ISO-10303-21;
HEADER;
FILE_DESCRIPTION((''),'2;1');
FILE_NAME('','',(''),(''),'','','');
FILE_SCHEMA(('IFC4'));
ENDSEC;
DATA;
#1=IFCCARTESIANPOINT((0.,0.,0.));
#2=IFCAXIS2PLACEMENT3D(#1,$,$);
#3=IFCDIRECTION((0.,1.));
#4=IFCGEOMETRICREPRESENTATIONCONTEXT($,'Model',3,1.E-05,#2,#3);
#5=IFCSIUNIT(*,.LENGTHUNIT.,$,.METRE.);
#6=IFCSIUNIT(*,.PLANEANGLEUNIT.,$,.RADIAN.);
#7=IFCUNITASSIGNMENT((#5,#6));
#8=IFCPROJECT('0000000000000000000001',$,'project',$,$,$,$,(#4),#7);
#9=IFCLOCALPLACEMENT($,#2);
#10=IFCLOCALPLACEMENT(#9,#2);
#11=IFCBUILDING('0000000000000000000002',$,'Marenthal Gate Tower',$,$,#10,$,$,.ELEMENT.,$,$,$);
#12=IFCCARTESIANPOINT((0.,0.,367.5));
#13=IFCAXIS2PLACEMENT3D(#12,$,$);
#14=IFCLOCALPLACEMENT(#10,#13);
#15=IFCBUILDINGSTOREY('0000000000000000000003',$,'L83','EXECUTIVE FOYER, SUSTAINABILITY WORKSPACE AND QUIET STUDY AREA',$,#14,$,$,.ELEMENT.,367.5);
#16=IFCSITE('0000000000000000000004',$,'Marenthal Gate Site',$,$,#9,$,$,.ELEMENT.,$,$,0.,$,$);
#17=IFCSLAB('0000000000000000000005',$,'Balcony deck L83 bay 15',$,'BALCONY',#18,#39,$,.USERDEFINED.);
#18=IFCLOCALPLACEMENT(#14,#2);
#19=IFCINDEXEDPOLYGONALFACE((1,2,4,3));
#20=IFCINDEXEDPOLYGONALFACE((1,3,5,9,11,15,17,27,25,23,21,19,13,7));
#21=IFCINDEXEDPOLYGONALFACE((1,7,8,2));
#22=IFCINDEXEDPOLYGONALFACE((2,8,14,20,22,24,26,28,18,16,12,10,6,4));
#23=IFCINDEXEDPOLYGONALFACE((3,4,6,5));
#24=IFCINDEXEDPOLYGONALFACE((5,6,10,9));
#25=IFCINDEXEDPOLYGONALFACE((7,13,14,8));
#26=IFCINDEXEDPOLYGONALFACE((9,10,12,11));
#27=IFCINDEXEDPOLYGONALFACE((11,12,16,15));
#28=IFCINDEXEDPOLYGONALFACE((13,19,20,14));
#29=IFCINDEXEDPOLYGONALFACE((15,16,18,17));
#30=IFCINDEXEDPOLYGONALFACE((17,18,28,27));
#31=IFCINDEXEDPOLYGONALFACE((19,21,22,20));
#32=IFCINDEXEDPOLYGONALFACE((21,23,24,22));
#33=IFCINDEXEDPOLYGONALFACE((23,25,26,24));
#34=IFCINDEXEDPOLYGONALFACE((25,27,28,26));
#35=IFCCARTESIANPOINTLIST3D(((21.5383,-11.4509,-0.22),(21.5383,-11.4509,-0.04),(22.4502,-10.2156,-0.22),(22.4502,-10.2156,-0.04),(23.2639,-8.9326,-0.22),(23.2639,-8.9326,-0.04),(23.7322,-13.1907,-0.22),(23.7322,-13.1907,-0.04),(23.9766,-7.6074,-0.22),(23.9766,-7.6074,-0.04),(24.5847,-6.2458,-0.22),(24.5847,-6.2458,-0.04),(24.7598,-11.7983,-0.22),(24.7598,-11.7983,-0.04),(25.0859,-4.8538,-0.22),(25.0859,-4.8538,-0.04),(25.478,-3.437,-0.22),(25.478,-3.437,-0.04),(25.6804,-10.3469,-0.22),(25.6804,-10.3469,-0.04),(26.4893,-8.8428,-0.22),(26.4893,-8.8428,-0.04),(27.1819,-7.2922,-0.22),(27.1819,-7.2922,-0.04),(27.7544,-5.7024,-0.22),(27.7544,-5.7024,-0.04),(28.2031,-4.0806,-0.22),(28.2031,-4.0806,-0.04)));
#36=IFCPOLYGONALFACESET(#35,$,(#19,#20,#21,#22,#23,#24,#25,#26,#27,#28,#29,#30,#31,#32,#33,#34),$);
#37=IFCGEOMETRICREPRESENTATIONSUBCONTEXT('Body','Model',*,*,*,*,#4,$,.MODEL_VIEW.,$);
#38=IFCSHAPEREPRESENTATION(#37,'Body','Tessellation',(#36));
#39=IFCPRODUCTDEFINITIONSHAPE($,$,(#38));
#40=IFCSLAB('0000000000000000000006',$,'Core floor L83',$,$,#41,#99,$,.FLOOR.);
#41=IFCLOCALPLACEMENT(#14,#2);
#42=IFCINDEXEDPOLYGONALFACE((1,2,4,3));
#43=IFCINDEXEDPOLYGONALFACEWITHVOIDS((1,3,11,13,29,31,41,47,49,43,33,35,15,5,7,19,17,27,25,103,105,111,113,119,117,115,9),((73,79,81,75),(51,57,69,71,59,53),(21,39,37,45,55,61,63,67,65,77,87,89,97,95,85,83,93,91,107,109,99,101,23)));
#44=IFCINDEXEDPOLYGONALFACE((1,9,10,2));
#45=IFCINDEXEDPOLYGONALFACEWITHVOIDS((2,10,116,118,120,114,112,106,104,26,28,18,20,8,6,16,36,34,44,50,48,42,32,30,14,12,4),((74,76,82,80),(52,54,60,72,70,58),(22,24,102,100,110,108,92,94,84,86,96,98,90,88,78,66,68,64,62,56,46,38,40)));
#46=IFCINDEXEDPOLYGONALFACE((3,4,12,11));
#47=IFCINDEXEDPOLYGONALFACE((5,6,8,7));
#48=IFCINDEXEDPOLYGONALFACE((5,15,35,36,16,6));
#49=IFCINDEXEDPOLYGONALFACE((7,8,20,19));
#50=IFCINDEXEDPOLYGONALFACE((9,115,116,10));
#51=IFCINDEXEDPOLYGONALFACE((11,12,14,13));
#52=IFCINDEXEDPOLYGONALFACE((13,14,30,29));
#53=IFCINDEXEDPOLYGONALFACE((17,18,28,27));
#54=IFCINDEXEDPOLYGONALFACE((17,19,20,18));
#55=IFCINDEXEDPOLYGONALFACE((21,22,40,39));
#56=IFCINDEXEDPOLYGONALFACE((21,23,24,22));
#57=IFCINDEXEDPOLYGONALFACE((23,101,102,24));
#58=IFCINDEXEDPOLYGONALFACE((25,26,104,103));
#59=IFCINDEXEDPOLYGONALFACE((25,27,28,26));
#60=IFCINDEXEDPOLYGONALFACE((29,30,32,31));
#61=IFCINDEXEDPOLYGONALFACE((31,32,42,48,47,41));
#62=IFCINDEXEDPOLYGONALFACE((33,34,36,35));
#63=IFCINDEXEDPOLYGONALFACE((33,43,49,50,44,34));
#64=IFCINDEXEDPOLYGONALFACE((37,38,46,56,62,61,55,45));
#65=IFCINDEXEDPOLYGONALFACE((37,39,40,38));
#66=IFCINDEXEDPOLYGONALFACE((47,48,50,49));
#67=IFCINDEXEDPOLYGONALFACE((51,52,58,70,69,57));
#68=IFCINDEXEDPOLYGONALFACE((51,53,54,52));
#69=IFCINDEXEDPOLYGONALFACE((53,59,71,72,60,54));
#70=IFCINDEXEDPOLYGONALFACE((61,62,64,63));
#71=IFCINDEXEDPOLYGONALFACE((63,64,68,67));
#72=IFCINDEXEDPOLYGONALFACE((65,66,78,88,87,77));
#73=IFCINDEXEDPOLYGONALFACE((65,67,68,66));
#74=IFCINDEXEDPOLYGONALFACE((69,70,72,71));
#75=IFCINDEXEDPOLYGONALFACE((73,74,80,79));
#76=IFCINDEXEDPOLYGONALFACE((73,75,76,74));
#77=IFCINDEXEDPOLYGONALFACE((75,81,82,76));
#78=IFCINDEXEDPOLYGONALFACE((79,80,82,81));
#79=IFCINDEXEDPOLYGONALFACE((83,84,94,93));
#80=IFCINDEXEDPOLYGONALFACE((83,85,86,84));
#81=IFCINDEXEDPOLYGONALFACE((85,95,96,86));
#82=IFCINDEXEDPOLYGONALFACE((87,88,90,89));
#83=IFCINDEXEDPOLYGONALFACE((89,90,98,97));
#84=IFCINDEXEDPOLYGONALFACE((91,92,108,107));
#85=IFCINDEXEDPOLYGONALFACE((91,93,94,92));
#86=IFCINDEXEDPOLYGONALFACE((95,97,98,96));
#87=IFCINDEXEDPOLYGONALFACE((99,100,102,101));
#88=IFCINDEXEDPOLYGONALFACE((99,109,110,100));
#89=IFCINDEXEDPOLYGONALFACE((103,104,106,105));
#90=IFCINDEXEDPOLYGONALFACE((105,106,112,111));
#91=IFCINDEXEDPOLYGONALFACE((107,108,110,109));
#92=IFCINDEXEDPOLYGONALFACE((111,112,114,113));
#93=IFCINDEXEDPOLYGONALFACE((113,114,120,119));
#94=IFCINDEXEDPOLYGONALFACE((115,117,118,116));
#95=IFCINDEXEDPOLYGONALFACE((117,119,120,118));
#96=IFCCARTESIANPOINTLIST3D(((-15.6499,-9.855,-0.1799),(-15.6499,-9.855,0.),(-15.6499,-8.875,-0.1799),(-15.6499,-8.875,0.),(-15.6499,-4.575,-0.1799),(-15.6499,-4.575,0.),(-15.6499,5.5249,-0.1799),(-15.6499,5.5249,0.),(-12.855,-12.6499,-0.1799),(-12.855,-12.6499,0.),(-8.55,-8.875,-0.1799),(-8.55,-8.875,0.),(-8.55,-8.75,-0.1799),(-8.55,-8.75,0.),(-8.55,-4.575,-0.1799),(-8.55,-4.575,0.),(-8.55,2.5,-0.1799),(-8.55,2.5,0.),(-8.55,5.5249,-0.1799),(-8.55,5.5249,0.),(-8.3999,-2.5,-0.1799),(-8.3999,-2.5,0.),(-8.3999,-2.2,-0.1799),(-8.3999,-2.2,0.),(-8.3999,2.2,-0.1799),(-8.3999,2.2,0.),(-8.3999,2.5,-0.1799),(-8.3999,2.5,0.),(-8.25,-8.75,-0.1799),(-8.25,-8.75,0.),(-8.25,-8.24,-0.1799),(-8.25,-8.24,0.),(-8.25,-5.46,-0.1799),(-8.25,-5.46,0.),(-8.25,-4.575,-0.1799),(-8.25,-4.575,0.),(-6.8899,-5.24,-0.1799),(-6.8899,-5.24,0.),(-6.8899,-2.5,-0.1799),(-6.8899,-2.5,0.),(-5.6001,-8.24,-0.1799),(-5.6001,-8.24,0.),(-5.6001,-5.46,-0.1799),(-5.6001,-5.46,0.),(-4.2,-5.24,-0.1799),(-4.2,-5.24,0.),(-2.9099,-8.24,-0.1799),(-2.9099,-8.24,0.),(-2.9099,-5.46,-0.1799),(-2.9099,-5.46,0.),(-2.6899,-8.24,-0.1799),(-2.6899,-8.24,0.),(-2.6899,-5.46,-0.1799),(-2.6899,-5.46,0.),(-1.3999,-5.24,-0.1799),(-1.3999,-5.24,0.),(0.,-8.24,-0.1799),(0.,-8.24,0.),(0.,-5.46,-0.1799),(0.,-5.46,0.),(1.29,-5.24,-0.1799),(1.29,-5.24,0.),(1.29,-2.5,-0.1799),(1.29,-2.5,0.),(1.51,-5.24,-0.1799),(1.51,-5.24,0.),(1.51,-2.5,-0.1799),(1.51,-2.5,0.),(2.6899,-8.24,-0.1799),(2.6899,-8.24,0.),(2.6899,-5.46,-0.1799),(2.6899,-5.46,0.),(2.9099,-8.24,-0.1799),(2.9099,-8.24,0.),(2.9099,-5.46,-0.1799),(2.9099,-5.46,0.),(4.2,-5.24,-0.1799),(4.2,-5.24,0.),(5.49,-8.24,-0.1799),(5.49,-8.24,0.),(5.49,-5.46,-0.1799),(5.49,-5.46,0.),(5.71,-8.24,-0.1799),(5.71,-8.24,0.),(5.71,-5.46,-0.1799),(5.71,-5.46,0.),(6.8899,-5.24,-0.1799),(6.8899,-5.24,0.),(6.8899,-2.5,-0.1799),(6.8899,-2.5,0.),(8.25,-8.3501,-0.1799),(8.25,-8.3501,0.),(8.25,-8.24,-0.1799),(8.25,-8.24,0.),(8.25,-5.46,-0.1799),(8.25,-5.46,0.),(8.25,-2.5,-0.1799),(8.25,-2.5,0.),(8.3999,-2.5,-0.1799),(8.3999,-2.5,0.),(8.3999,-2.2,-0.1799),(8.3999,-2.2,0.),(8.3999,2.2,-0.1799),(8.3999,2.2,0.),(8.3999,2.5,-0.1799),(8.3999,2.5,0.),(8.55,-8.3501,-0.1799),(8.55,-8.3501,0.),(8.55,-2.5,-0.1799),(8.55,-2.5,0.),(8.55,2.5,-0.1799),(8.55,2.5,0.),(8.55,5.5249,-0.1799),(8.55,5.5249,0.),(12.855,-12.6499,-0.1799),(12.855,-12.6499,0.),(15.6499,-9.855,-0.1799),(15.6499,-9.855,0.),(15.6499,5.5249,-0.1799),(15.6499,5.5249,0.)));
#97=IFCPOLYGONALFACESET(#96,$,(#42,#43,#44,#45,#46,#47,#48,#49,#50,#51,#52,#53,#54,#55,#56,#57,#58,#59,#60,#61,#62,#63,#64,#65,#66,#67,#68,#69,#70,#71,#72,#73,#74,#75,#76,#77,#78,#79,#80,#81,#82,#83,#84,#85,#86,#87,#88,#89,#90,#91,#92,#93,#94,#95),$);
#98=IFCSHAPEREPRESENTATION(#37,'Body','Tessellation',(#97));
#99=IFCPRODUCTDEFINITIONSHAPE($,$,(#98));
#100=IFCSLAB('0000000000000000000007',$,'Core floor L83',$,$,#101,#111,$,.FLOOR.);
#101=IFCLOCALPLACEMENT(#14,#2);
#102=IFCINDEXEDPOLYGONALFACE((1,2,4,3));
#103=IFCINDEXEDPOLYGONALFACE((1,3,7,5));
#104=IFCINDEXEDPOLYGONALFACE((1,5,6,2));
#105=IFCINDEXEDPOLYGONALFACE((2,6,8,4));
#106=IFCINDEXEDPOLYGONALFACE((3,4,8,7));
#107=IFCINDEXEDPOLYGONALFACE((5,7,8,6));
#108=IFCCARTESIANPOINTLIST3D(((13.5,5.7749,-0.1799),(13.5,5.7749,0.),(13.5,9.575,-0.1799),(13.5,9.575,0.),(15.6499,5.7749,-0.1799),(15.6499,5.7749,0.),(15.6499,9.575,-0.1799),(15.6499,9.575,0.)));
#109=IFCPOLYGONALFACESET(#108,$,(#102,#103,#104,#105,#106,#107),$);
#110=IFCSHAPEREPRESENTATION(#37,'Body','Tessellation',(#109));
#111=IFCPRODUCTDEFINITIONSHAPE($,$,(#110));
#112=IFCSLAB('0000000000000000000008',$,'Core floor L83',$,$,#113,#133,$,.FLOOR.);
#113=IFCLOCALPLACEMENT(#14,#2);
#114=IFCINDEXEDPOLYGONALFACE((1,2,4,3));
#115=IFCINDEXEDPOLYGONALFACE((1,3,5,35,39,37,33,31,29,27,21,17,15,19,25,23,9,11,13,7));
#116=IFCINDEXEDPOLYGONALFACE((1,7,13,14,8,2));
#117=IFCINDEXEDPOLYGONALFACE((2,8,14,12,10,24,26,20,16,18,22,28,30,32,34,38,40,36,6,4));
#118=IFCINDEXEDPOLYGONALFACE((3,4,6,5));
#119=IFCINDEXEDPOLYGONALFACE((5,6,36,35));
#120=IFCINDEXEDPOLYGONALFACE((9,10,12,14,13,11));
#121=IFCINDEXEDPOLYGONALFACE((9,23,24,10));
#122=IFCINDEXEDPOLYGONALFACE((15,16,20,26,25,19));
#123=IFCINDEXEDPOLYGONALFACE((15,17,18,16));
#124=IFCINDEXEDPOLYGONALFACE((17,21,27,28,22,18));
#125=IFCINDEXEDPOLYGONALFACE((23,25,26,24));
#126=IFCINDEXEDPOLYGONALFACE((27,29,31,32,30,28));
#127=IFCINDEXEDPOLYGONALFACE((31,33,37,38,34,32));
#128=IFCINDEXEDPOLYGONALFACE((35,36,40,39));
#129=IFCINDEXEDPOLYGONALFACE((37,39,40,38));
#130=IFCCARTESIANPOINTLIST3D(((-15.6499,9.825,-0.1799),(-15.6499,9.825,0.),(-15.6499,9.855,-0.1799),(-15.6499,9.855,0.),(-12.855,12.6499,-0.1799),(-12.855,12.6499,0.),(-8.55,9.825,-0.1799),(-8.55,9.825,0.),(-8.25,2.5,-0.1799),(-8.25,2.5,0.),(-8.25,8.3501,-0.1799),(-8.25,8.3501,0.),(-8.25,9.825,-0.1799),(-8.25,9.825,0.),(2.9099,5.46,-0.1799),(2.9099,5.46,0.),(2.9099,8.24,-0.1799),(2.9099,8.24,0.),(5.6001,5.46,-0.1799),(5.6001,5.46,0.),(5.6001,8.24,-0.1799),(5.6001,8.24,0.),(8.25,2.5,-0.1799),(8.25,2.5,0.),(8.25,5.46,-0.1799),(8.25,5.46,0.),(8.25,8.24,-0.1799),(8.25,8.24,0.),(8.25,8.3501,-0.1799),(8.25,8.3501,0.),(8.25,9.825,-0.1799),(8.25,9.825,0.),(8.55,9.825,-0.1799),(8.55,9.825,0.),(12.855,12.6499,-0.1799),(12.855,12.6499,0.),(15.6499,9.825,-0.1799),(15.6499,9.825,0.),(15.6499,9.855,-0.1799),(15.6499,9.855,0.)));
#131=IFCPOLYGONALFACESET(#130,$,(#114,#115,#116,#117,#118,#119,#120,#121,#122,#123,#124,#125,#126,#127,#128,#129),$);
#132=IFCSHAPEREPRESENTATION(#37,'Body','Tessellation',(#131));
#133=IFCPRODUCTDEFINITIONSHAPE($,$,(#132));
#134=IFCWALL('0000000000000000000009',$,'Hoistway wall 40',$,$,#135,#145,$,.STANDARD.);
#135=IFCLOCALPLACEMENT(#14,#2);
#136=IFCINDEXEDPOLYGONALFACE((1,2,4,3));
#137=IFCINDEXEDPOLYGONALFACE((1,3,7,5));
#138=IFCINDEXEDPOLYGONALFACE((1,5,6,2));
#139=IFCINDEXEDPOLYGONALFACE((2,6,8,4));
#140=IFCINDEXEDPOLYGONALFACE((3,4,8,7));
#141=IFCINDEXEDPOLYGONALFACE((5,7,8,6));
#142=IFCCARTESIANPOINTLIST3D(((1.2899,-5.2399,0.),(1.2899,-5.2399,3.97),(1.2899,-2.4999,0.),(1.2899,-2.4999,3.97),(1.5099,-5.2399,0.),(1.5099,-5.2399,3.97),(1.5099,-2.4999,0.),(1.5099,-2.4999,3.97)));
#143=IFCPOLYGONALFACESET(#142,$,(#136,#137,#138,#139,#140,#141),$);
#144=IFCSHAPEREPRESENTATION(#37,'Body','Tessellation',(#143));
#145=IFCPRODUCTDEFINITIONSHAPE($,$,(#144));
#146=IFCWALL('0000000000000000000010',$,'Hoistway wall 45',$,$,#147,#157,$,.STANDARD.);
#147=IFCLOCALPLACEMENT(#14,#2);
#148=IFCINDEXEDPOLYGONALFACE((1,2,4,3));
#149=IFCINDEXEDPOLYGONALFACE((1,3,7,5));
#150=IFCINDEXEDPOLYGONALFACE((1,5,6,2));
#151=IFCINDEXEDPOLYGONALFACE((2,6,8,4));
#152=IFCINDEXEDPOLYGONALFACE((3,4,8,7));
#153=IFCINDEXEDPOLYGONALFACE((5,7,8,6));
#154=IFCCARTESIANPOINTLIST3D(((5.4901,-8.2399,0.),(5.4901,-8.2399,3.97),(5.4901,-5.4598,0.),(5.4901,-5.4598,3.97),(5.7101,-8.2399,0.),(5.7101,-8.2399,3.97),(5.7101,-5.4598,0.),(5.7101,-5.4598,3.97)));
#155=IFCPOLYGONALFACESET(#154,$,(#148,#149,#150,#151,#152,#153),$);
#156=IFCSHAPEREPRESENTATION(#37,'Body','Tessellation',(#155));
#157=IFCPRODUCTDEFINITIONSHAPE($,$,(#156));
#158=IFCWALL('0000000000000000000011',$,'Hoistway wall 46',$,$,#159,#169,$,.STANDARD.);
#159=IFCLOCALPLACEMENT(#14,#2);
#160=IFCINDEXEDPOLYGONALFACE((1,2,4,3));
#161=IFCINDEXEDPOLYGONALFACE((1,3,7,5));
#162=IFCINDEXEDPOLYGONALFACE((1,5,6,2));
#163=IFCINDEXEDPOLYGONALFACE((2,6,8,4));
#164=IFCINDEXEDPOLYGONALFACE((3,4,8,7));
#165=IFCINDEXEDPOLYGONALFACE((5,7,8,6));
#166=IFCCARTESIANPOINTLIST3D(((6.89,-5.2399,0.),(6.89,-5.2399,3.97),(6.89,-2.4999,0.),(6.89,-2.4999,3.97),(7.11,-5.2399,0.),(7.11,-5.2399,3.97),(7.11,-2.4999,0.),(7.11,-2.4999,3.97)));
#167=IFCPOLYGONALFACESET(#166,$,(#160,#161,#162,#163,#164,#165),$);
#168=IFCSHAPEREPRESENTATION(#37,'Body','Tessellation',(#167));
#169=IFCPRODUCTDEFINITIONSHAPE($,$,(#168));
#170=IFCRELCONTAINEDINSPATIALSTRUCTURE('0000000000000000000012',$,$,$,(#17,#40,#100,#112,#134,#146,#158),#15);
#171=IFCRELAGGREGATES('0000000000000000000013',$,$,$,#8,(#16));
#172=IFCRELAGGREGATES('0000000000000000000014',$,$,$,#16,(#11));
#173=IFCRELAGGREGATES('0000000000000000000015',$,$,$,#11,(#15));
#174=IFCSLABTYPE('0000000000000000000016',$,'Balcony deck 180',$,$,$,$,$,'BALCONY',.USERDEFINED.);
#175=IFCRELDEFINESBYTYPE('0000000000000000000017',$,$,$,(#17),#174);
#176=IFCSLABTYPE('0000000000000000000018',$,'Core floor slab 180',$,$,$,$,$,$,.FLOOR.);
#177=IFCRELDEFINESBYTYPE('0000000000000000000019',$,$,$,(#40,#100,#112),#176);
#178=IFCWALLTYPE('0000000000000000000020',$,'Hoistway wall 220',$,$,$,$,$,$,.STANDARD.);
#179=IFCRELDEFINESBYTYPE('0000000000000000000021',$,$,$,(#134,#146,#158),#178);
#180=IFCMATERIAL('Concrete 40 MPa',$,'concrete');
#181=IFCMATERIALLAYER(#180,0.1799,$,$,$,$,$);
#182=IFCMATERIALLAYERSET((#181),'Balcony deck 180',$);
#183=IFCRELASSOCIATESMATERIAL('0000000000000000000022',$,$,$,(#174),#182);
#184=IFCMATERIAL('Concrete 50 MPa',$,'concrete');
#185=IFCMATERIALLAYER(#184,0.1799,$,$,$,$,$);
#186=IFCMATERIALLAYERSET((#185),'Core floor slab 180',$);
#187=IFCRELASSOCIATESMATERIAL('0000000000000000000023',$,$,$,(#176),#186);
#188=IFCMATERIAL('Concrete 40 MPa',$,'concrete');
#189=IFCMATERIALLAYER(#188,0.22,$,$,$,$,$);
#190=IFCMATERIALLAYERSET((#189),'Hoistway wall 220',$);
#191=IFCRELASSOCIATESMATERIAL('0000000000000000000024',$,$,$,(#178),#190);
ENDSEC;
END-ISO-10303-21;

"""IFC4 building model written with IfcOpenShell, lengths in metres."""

from ifc_helpers import new_model, si_unit, direction, frame, frame_2d, origin, place, context, subcontext, project, spatial, polyline, rectangle, outline, extrude, material, layer, layer_set, type_object, element, save


model = new_model("IFC4")

# Units and contexts
model_context = context("Model", 3, precision=1e-05, world=origin(), true_north=direction((0.0, 1.0)))
body_context = subcontext(model_context, "Body", "Model", "MODEL_VIEW")
ifc_project = project(units=[si_unit("LENGTHUNIT", "METRE"), si_unit("PLANEANGLEUNIT", "RADIAN")], contexts=[model_context])

# Site, building, storey
site_placement = place(None, origin())
site = spatial("IfcSite", under=ifc_project, at=site_placement, Name="Marenthal Gate Site", CompositionType="ELEMENT", RefElevation=0.0)
building_placement = place(site_placement, origin())
building = spatial("IfcBuilding", under=site, at=building_placement, Name="Marenthal Gate Tower", CompositionType="ELEMENT")
storey_placement = place(building_placement, frame((0.0, 0.0, 367.5)))
storey = spatial("IfcBuildingStorey", under=building, at=storey_placement, Name="L83", Description="EXECUTIVE FOYER, SUSTAINABILITY WORKSPACE AND QUIET STUDY AREA", CompositionType="ELEMENT", Elevation=367.5)

# Slabs
ifc_material_1 = material(Name="Concrete 40 MPa", Category="concrete")
ifc_layer_1 = layer(ifc_material_1, 0.1799)
ifc_layer_set_1 = layer_set([ifc_layer_1], Name="Balcony deck 180")
slab_type_1 = type_object("IfcSlabType", Name="Balcony deck 180", ElementType="BALCONY", PredefinedType="USERDEFINED", material=ifc_layer_set_1)
slab_1_placement = place(storey_placement, frame((0.0, 0.0, -0.22)))
element("IfcSlab", 1, at=slab_1_placement, inside=storey, type_object=slab_type_1, Name="Balcony deck L83 bay 15", ObjectType="BALCONY", PredefinedType="USERDEFINED", context=body_context, shape_type="SweptSolid", body=[
    extrude(outline(polyline([(21.5383, -11.4509), (22.4502, -10.2156), (23.2639, -8.9326), (23.9766, -7.6074), (24.5847, -6.2458), (25.0859, -4.8538), (25.478, -3.437), (28.2031, -4.0806), (27.7544, -5.7024), (27.1819, -7.2922), (26.4893, -8.8428), (25.6804, -10.3469), (24.7598, -11.7983), (23.7322, -13.1907), (21.5383, -11.4509)])), origin(), (0.0, 0.0, 1.0), 0.1799),
])
ifc_material_2 = material(Name="Concrete 50 MPa", Category="concrete")
ifc_layer_2 = layer(ifc_material_2, 0.1799)
ifc_layer_set_2 = layer_set([ifc_layer_2], Name="Core floor slab 180")
slab_type_2 = type_object("IfcSlabType", Name="Core floor slab 180", PredefinedType="FLOOR", material=ifc_layer_set_2)
slab_2_placement = place(storey_placement, frame((0.0, 0.0, -0.1799)))
element("IfcSlab", 2, at=slab_2_placement, inside=storey, type_object=slab_type_2, Name="Core floor L83", PredefinedType="FLOOR", context=body_context, shape_type="SweptSolid", body=[
    extrude(outline(polyline([(12.855, -12.6499), (-12.855, -12.6499), (-15.6499, -9.855), (-15.6499, -8.875), (-8.55, -8.875), (-8.55, -8.75), (-8.25, -8.75), (-8.25, -8.24), (-5.6001, -8.24), (-2.9099, -8.24), (-2.9099, -5.46), (-5.6001, -5.46), (-8.25, -5.46), (-8.25, -4.575), (-8.55, -4.575), (-15.6499, -4.575), (-15.6499, 5.5249), (-8.55, 5.5249), (-8.55, 2.5), (-8.3999, 2.5), (-8.3999, 2.2), (8.3999, 2.2), (8.3999, 2.5), (8.55, 2.5), (8.55, 5.5249), (15.6499, 5.5249), (15.6499, -9.855), (12.855, -12.6499)]), holes=[polyline([(0.0, -8.24), (2.6899, -8.24), (2.6899, -5.46), (0.0, -5.46), (-2.6899, -5.46), (-2.6899, -8.24), (0.0, -8.24)]), polyline([(1.29, -5.24), (1.29, -2.5), (1.51, -2.5), (1.51, -5.24), (4.2, -5.24), (6.8899, -5.24), (6.8899, -2.5), (8.25, -2.5), (8.25, -5.46), (5.71, -5.46), (5.71, -8.24), (8.25, -8.24), (8.25, -8.3501), (8.55, -8.3501), (8.55, -2.5), (8.3999, -2.5), (8.3999, -2.2), (-8.3999, -2.2), (-8.3999, -2.5), (-6.8899, -2.5), (-6.8899, -5.24), (-4.2, -5.24), (-1.3999, -5.24), (1.29, -5.24)]), polyline([(5.49, -5.46), (2.9099, -5.46), (2.9099, -8.24), (5.49, -8.24), (5.49, -5.46)])]), origin(), (0.0, 0.0, 1.0), 0.1799),
])
slab_3_placement = place(storey_placement, frame((0.0, 0.0, -0.1799)))
element("IfcSlab", 3, at=slab_3_placement, inside=storey, type_object=slab_type_2, Name="Core floor L83", PredefinedType="FLOOR", context=body_context, shape_type="SweptSolid", body=[
    extrude(outline(polyline([(15.6499, 5.7749), (13.5, 5.7749), (13.5, 9.575), (15.6499, 9.575), (15.6499, 5.7749)])), origin(), (0.0, 0.0, 1.0), 0.1799),
])
slab_4_placement = place(storey_placement, frame((0.0, 0.0, -0.1799)))
element("IfcSlab", 4, at=slab_4_placement, inside=storey, type_object=slab_type_2, Name="Core floor L83", PredefinedType="FLOOR", context=body_context, shape_type="SweptSolid", body=[
    extrude(outline(polyline([(15.6499, 9.825), (8.55, 9.825), (8.25, 9.825), (8.25, 8.3501), (8.25, 8.24), (5.6001, 8.24), (2.9099, 8.24), (2.9099, 5.46), (5.6001, 5.46), (8.25, 5.46), (8.25, 2.5), (-8.25, 2.5), (-8.25, 8.3501), (-8.25, 9.825), (-8.55, 9.825), (-15.6499, 9.825), (-15.6499, 9.855), (-12.855, 12.6499), (12.855, 12.6499), (15.6499, 9.855), (15.6499, 9.825)])), origin(), (0.0, 0.0, 1.0), 0.1799),
])

# Walls
ifc_material_3 = material(Name="Concrete 40 MPa", Category="concrete")
ifc_layer_3 = layer(ifc_material_3, 0.22)
ifc_layer_set_3 = layer_set([ifc_layer_3], Name="Hoistway wall 220")
wall_type_1 = type_object("IfcWallType", Name="Hoistway wall 220", PredefinedType="STANDARD", material=ifc_layer_set_3)
wall_1_placement = place(storey_placement, frame((1.3999, -5.24, 0.0), z_axis=(0.0, 0.0, 1.0), x_axis=(0.0, 1.0, 0.0)))
element("IfcWall", 5, at=wall_1_placement, inside=storey, type_object=wall_type_1, Name="Hoistway wall 40", PredefinedType="STANDARD", context=body_context, shape_type="SweptSolid", body=[
    extrude(rectangle(XDim=2.74, YDim=0.22, at=frame_2d((1.3701, 0.0))), origin(), (0.0, 0.0, 1.0), 3.97),
])
wall_2_placement = place(storey_placement, frame((5.6001, -8.24, 0.0), z_axis=(0.0, 0.0, 1.0), x_axis=(0.0, 1.0, 0.0)))
element("IfcWall", 6, at=wall_2_placement, inside=storey, type_object=wall_type_1, Name="Hoistway wall 45", PredefinedType="STANDARD", context=body_context, shape_type="SweptSolid", body=[
    extrude(rectangle(XDim=2.78, YDim=0.22, at=frame_2d((1.3901, 0.0))), origin(), (0.0, 0.0, 1.0), 3.97),
])
wall_3_placement = place(storey_placement, frame((7.0, -5.24, 0.0), z_axis=(0.0, 0.0, 1.0), x_axis=(0.0, 1.0, 0.0)))
element("IfcWall", 7, at=wall_3_placement, inside=storey, type_object=wall_type_1, Name="Hoistway wall 46", PredefinedType="STANDARD", context=body_context, shape_type="SweptSolid", body=[
    extrude(rectangle(XDim=2.74, YDim=0.22, at=frame_2d((1.3701, 0.0))), origin(), (0.0, 0.0, 1.0), 3.97),
])

save(model, "model.ifc")
